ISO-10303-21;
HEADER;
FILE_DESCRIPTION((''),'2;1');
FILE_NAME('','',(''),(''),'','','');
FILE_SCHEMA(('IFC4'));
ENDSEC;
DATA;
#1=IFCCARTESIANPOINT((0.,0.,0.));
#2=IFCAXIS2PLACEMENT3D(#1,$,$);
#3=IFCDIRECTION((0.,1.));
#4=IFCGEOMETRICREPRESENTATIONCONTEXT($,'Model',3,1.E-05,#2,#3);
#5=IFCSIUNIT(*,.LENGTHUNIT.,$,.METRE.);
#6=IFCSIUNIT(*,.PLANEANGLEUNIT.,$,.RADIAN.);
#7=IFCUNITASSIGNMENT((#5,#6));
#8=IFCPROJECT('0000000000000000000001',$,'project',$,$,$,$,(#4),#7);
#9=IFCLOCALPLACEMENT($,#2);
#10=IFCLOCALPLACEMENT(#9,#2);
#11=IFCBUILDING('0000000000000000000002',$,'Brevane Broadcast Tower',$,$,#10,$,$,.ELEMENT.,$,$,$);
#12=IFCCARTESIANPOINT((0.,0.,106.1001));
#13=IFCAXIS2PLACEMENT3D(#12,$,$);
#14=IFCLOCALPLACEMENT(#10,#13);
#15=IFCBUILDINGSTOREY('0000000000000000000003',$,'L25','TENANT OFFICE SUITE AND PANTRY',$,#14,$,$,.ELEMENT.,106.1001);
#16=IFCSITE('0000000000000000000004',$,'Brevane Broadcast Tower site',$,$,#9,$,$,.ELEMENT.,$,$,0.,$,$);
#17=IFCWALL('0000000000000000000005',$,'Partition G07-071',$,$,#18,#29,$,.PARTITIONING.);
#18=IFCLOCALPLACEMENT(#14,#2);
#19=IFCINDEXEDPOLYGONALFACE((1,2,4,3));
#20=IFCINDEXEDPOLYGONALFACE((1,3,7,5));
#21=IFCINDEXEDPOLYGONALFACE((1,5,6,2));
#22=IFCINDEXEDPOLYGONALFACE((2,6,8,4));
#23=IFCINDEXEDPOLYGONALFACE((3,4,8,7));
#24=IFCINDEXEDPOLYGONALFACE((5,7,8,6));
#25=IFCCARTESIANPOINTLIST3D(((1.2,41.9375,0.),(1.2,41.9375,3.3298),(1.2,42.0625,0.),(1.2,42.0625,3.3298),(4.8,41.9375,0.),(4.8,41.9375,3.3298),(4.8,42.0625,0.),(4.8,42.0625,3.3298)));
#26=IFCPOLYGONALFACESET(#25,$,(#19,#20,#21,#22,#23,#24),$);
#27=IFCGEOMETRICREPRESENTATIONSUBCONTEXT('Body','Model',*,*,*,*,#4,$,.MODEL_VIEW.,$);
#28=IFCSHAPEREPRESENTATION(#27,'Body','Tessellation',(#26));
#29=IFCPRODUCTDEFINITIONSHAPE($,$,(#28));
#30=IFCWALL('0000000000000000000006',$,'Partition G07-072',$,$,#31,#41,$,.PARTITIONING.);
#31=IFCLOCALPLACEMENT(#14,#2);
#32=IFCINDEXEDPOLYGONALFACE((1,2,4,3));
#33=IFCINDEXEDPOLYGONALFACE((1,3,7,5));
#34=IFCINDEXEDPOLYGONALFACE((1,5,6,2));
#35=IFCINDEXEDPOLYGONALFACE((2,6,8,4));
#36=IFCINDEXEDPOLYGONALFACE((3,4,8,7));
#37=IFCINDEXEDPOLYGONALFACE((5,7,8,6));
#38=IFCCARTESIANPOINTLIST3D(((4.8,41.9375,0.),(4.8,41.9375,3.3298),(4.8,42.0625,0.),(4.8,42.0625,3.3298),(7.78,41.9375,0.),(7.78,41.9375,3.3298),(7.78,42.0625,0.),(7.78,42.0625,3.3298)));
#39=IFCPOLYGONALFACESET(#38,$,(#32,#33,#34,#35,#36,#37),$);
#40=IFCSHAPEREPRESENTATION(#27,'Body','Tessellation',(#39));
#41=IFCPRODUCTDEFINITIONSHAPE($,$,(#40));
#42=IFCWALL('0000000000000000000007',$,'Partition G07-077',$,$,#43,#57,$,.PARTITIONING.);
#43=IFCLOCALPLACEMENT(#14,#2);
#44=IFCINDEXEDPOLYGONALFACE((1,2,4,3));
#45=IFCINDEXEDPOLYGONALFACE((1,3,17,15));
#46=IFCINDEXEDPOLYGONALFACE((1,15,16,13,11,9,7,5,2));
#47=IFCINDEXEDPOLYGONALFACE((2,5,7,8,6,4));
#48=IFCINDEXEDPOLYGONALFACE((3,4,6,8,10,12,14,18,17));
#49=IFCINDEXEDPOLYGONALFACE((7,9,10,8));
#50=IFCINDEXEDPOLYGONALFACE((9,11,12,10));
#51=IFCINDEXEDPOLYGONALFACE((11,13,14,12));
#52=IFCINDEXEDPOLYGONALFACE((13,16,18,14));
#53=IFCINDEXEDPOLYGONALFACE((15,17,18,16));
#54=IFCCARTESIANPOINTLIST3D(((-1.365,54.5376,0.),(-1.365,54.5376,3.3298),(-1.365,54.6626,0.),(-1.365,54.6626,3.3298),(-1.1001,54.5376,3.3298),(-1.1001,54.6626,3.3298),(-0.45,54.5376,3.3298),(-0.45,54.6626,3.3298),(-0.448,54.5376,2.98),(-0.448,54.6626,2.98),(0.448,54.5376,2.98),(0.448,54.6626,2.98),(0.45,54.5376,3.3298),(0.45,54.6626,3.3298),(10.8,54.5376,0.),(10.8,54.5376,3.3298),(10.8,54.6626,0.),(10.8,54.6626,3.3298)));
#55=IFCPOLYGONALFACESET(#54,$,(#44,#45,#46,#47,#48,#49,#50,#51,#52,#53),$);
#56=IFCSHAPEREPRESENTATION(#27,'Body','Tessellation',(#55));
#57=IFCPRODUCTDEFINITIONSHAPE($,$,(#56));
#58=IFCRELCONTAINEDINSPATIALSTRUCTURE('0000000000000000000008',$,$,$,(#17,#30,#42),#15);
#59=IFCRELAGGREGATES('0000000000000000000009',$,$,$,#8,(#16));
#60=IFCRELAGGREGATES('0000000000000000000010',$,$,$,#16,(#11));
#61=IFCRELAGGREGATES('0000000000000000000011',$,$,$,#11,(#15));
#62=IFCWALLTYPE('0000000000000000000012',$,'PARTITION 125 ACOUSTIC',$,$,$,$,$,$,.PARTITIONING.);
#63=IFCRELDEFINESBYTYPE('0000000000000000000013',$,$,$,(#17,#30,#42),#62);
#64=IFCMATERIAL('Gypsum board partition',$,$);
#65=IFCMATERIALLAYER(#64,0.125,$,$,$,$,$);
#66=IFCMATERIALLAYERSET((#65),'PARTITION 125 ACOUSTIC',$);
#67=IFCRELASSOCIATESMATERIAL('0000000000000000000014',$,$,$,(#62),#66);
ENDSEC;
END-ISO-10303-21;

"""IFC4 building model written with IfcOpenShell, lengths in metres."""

from ifc_helpers import new_model, si_unit, direction, frame, frame_2d, origin, place, context, subcontext, project, spatial, polyline, rectangle, outline, extrude, material, layer, layer_set, type_object, element, save


model = new_model("IFC4")

# Units and contexts
model_context = context("Model", 3, precision=1e-05, world=origin(), true_north=direction((0.0, 1.0)))
body_context = subcontext(model_context, "Body", "Model", "MODEL_VIEW")
ifc_project = project(units=[si_unit("LENGTHUNIT", "METRE"), si_unit("PLANEANGLEUNIT", "RADIAN")], contexts=[model_context])

# Site, building, storey
site_placement = place(None, origin())
site = spatial("IfcSite", under=ifc_project, at=site_placement, Name="Brevane Broadcast Tower site", CompositionType="ELEMENT", RefElevation=0.0)
building_placement = place(site_placement, origin())
building = spatial("IfcBuilding", under=site, at=building_placement, Name="Brevane Broadcast Tower", CompositionType="ELEMENT")
storey_placement = place(building_placement, frame((0.0, 0.0, 106.1001)))
storey = spatial("IfcBuildingStorey", under=building, at=storey_placement, Name="L25", Description="TENANT OFFICE SUITE AND PANTRY", CompositionType="ELEMENT", Elevation=106.1001)

# Shared definitions
ifc_material_1 = material(Name="Gypsum board partition")

# Walls
ifc_layer_1 = layer(ifc_material_1, 0.125)
ifc_layer_set_1 = layer_set([ifc_layer_1], Name="PARTITION 125 ACOUSTIC")
wall_type_1 = type_object("IfcWallType", Name="PARTITION 125 ACOUSTIC", PredefinedType="PARTITIONING", material=ifc_layer_set_1)
wall_1_placement = place(storey_placement, frame((1.2, 42.0, 0.0), z_axis=(0.0, 0.0, 1.0), x_axis=(1.0, 0.0, 0.0)))
element("IfcWall", 1, at=wall_1_placement, inside=storey, type_object=wall_type_1, Name="Partition G07-071", PredefinedType="PARTITIONING", context=body_context, shape_type="SweptSolid", body=[
    extrude(rectangle(XDim=3.6001, YDim=0.125, at=frame_2d((1.8, 0.0))), origin(), (0.0, 0.0, 1.0), 3.3298),
])
wall_2_placement = place(storey_placement, frame((4.8, 42.0, 0.0), z_axis=(0.0, 0.0, 1.0), x_axis=(1.0, 0.0, 0.0)))
element("IfcWall", 2, at=wall_2_placement, inside=storey, type_object=wall_type_1, Name="Partition G07-072", PredefinedType="PARTITIONING", context=body_context, shape_type="SweptSolid", body=[
    extrude(rectangle(XDim=2.98, YDim=0.125, at=frame_2d((1.49, 0.0))), origin(), (0.0, 0.0, 1.0), 3.3298),
])
wall_3_placement = place(storey_placement, frame((-1.365, 54.6001, 0.0), z_axis=(0.0, 0.0, 1.0), x_axis=(1.0, 0.0, 0.0)))
element("IfcWall", 3, at=wall_3_placement, inside=storey, type_object=wall_type_1, Name="Partition G07-077", PredefinedType="PARTITIONING", context=body_context, shape_type="SweptSolid", body=[
    extrude(outline(polyline([(0.0, 0.0), (12.165, 0.0), (12.165, 3.3298), (1.8149, 3.3298), (1.813, 2.98), (0.917, 2.98), (0.915, 3.3298), (0.2649, 3.3298), (0.0, 3.3298), (0.0, 0.0)])), frame((0.0, 0.0625, 0.0), z_axis=(0.0, -1.0, 0.0), x_axis=(1.0, 0.0, 0.0)), (0.0, 0.0, 1.0), 0.125),
])

save(model, "model.ifc")
